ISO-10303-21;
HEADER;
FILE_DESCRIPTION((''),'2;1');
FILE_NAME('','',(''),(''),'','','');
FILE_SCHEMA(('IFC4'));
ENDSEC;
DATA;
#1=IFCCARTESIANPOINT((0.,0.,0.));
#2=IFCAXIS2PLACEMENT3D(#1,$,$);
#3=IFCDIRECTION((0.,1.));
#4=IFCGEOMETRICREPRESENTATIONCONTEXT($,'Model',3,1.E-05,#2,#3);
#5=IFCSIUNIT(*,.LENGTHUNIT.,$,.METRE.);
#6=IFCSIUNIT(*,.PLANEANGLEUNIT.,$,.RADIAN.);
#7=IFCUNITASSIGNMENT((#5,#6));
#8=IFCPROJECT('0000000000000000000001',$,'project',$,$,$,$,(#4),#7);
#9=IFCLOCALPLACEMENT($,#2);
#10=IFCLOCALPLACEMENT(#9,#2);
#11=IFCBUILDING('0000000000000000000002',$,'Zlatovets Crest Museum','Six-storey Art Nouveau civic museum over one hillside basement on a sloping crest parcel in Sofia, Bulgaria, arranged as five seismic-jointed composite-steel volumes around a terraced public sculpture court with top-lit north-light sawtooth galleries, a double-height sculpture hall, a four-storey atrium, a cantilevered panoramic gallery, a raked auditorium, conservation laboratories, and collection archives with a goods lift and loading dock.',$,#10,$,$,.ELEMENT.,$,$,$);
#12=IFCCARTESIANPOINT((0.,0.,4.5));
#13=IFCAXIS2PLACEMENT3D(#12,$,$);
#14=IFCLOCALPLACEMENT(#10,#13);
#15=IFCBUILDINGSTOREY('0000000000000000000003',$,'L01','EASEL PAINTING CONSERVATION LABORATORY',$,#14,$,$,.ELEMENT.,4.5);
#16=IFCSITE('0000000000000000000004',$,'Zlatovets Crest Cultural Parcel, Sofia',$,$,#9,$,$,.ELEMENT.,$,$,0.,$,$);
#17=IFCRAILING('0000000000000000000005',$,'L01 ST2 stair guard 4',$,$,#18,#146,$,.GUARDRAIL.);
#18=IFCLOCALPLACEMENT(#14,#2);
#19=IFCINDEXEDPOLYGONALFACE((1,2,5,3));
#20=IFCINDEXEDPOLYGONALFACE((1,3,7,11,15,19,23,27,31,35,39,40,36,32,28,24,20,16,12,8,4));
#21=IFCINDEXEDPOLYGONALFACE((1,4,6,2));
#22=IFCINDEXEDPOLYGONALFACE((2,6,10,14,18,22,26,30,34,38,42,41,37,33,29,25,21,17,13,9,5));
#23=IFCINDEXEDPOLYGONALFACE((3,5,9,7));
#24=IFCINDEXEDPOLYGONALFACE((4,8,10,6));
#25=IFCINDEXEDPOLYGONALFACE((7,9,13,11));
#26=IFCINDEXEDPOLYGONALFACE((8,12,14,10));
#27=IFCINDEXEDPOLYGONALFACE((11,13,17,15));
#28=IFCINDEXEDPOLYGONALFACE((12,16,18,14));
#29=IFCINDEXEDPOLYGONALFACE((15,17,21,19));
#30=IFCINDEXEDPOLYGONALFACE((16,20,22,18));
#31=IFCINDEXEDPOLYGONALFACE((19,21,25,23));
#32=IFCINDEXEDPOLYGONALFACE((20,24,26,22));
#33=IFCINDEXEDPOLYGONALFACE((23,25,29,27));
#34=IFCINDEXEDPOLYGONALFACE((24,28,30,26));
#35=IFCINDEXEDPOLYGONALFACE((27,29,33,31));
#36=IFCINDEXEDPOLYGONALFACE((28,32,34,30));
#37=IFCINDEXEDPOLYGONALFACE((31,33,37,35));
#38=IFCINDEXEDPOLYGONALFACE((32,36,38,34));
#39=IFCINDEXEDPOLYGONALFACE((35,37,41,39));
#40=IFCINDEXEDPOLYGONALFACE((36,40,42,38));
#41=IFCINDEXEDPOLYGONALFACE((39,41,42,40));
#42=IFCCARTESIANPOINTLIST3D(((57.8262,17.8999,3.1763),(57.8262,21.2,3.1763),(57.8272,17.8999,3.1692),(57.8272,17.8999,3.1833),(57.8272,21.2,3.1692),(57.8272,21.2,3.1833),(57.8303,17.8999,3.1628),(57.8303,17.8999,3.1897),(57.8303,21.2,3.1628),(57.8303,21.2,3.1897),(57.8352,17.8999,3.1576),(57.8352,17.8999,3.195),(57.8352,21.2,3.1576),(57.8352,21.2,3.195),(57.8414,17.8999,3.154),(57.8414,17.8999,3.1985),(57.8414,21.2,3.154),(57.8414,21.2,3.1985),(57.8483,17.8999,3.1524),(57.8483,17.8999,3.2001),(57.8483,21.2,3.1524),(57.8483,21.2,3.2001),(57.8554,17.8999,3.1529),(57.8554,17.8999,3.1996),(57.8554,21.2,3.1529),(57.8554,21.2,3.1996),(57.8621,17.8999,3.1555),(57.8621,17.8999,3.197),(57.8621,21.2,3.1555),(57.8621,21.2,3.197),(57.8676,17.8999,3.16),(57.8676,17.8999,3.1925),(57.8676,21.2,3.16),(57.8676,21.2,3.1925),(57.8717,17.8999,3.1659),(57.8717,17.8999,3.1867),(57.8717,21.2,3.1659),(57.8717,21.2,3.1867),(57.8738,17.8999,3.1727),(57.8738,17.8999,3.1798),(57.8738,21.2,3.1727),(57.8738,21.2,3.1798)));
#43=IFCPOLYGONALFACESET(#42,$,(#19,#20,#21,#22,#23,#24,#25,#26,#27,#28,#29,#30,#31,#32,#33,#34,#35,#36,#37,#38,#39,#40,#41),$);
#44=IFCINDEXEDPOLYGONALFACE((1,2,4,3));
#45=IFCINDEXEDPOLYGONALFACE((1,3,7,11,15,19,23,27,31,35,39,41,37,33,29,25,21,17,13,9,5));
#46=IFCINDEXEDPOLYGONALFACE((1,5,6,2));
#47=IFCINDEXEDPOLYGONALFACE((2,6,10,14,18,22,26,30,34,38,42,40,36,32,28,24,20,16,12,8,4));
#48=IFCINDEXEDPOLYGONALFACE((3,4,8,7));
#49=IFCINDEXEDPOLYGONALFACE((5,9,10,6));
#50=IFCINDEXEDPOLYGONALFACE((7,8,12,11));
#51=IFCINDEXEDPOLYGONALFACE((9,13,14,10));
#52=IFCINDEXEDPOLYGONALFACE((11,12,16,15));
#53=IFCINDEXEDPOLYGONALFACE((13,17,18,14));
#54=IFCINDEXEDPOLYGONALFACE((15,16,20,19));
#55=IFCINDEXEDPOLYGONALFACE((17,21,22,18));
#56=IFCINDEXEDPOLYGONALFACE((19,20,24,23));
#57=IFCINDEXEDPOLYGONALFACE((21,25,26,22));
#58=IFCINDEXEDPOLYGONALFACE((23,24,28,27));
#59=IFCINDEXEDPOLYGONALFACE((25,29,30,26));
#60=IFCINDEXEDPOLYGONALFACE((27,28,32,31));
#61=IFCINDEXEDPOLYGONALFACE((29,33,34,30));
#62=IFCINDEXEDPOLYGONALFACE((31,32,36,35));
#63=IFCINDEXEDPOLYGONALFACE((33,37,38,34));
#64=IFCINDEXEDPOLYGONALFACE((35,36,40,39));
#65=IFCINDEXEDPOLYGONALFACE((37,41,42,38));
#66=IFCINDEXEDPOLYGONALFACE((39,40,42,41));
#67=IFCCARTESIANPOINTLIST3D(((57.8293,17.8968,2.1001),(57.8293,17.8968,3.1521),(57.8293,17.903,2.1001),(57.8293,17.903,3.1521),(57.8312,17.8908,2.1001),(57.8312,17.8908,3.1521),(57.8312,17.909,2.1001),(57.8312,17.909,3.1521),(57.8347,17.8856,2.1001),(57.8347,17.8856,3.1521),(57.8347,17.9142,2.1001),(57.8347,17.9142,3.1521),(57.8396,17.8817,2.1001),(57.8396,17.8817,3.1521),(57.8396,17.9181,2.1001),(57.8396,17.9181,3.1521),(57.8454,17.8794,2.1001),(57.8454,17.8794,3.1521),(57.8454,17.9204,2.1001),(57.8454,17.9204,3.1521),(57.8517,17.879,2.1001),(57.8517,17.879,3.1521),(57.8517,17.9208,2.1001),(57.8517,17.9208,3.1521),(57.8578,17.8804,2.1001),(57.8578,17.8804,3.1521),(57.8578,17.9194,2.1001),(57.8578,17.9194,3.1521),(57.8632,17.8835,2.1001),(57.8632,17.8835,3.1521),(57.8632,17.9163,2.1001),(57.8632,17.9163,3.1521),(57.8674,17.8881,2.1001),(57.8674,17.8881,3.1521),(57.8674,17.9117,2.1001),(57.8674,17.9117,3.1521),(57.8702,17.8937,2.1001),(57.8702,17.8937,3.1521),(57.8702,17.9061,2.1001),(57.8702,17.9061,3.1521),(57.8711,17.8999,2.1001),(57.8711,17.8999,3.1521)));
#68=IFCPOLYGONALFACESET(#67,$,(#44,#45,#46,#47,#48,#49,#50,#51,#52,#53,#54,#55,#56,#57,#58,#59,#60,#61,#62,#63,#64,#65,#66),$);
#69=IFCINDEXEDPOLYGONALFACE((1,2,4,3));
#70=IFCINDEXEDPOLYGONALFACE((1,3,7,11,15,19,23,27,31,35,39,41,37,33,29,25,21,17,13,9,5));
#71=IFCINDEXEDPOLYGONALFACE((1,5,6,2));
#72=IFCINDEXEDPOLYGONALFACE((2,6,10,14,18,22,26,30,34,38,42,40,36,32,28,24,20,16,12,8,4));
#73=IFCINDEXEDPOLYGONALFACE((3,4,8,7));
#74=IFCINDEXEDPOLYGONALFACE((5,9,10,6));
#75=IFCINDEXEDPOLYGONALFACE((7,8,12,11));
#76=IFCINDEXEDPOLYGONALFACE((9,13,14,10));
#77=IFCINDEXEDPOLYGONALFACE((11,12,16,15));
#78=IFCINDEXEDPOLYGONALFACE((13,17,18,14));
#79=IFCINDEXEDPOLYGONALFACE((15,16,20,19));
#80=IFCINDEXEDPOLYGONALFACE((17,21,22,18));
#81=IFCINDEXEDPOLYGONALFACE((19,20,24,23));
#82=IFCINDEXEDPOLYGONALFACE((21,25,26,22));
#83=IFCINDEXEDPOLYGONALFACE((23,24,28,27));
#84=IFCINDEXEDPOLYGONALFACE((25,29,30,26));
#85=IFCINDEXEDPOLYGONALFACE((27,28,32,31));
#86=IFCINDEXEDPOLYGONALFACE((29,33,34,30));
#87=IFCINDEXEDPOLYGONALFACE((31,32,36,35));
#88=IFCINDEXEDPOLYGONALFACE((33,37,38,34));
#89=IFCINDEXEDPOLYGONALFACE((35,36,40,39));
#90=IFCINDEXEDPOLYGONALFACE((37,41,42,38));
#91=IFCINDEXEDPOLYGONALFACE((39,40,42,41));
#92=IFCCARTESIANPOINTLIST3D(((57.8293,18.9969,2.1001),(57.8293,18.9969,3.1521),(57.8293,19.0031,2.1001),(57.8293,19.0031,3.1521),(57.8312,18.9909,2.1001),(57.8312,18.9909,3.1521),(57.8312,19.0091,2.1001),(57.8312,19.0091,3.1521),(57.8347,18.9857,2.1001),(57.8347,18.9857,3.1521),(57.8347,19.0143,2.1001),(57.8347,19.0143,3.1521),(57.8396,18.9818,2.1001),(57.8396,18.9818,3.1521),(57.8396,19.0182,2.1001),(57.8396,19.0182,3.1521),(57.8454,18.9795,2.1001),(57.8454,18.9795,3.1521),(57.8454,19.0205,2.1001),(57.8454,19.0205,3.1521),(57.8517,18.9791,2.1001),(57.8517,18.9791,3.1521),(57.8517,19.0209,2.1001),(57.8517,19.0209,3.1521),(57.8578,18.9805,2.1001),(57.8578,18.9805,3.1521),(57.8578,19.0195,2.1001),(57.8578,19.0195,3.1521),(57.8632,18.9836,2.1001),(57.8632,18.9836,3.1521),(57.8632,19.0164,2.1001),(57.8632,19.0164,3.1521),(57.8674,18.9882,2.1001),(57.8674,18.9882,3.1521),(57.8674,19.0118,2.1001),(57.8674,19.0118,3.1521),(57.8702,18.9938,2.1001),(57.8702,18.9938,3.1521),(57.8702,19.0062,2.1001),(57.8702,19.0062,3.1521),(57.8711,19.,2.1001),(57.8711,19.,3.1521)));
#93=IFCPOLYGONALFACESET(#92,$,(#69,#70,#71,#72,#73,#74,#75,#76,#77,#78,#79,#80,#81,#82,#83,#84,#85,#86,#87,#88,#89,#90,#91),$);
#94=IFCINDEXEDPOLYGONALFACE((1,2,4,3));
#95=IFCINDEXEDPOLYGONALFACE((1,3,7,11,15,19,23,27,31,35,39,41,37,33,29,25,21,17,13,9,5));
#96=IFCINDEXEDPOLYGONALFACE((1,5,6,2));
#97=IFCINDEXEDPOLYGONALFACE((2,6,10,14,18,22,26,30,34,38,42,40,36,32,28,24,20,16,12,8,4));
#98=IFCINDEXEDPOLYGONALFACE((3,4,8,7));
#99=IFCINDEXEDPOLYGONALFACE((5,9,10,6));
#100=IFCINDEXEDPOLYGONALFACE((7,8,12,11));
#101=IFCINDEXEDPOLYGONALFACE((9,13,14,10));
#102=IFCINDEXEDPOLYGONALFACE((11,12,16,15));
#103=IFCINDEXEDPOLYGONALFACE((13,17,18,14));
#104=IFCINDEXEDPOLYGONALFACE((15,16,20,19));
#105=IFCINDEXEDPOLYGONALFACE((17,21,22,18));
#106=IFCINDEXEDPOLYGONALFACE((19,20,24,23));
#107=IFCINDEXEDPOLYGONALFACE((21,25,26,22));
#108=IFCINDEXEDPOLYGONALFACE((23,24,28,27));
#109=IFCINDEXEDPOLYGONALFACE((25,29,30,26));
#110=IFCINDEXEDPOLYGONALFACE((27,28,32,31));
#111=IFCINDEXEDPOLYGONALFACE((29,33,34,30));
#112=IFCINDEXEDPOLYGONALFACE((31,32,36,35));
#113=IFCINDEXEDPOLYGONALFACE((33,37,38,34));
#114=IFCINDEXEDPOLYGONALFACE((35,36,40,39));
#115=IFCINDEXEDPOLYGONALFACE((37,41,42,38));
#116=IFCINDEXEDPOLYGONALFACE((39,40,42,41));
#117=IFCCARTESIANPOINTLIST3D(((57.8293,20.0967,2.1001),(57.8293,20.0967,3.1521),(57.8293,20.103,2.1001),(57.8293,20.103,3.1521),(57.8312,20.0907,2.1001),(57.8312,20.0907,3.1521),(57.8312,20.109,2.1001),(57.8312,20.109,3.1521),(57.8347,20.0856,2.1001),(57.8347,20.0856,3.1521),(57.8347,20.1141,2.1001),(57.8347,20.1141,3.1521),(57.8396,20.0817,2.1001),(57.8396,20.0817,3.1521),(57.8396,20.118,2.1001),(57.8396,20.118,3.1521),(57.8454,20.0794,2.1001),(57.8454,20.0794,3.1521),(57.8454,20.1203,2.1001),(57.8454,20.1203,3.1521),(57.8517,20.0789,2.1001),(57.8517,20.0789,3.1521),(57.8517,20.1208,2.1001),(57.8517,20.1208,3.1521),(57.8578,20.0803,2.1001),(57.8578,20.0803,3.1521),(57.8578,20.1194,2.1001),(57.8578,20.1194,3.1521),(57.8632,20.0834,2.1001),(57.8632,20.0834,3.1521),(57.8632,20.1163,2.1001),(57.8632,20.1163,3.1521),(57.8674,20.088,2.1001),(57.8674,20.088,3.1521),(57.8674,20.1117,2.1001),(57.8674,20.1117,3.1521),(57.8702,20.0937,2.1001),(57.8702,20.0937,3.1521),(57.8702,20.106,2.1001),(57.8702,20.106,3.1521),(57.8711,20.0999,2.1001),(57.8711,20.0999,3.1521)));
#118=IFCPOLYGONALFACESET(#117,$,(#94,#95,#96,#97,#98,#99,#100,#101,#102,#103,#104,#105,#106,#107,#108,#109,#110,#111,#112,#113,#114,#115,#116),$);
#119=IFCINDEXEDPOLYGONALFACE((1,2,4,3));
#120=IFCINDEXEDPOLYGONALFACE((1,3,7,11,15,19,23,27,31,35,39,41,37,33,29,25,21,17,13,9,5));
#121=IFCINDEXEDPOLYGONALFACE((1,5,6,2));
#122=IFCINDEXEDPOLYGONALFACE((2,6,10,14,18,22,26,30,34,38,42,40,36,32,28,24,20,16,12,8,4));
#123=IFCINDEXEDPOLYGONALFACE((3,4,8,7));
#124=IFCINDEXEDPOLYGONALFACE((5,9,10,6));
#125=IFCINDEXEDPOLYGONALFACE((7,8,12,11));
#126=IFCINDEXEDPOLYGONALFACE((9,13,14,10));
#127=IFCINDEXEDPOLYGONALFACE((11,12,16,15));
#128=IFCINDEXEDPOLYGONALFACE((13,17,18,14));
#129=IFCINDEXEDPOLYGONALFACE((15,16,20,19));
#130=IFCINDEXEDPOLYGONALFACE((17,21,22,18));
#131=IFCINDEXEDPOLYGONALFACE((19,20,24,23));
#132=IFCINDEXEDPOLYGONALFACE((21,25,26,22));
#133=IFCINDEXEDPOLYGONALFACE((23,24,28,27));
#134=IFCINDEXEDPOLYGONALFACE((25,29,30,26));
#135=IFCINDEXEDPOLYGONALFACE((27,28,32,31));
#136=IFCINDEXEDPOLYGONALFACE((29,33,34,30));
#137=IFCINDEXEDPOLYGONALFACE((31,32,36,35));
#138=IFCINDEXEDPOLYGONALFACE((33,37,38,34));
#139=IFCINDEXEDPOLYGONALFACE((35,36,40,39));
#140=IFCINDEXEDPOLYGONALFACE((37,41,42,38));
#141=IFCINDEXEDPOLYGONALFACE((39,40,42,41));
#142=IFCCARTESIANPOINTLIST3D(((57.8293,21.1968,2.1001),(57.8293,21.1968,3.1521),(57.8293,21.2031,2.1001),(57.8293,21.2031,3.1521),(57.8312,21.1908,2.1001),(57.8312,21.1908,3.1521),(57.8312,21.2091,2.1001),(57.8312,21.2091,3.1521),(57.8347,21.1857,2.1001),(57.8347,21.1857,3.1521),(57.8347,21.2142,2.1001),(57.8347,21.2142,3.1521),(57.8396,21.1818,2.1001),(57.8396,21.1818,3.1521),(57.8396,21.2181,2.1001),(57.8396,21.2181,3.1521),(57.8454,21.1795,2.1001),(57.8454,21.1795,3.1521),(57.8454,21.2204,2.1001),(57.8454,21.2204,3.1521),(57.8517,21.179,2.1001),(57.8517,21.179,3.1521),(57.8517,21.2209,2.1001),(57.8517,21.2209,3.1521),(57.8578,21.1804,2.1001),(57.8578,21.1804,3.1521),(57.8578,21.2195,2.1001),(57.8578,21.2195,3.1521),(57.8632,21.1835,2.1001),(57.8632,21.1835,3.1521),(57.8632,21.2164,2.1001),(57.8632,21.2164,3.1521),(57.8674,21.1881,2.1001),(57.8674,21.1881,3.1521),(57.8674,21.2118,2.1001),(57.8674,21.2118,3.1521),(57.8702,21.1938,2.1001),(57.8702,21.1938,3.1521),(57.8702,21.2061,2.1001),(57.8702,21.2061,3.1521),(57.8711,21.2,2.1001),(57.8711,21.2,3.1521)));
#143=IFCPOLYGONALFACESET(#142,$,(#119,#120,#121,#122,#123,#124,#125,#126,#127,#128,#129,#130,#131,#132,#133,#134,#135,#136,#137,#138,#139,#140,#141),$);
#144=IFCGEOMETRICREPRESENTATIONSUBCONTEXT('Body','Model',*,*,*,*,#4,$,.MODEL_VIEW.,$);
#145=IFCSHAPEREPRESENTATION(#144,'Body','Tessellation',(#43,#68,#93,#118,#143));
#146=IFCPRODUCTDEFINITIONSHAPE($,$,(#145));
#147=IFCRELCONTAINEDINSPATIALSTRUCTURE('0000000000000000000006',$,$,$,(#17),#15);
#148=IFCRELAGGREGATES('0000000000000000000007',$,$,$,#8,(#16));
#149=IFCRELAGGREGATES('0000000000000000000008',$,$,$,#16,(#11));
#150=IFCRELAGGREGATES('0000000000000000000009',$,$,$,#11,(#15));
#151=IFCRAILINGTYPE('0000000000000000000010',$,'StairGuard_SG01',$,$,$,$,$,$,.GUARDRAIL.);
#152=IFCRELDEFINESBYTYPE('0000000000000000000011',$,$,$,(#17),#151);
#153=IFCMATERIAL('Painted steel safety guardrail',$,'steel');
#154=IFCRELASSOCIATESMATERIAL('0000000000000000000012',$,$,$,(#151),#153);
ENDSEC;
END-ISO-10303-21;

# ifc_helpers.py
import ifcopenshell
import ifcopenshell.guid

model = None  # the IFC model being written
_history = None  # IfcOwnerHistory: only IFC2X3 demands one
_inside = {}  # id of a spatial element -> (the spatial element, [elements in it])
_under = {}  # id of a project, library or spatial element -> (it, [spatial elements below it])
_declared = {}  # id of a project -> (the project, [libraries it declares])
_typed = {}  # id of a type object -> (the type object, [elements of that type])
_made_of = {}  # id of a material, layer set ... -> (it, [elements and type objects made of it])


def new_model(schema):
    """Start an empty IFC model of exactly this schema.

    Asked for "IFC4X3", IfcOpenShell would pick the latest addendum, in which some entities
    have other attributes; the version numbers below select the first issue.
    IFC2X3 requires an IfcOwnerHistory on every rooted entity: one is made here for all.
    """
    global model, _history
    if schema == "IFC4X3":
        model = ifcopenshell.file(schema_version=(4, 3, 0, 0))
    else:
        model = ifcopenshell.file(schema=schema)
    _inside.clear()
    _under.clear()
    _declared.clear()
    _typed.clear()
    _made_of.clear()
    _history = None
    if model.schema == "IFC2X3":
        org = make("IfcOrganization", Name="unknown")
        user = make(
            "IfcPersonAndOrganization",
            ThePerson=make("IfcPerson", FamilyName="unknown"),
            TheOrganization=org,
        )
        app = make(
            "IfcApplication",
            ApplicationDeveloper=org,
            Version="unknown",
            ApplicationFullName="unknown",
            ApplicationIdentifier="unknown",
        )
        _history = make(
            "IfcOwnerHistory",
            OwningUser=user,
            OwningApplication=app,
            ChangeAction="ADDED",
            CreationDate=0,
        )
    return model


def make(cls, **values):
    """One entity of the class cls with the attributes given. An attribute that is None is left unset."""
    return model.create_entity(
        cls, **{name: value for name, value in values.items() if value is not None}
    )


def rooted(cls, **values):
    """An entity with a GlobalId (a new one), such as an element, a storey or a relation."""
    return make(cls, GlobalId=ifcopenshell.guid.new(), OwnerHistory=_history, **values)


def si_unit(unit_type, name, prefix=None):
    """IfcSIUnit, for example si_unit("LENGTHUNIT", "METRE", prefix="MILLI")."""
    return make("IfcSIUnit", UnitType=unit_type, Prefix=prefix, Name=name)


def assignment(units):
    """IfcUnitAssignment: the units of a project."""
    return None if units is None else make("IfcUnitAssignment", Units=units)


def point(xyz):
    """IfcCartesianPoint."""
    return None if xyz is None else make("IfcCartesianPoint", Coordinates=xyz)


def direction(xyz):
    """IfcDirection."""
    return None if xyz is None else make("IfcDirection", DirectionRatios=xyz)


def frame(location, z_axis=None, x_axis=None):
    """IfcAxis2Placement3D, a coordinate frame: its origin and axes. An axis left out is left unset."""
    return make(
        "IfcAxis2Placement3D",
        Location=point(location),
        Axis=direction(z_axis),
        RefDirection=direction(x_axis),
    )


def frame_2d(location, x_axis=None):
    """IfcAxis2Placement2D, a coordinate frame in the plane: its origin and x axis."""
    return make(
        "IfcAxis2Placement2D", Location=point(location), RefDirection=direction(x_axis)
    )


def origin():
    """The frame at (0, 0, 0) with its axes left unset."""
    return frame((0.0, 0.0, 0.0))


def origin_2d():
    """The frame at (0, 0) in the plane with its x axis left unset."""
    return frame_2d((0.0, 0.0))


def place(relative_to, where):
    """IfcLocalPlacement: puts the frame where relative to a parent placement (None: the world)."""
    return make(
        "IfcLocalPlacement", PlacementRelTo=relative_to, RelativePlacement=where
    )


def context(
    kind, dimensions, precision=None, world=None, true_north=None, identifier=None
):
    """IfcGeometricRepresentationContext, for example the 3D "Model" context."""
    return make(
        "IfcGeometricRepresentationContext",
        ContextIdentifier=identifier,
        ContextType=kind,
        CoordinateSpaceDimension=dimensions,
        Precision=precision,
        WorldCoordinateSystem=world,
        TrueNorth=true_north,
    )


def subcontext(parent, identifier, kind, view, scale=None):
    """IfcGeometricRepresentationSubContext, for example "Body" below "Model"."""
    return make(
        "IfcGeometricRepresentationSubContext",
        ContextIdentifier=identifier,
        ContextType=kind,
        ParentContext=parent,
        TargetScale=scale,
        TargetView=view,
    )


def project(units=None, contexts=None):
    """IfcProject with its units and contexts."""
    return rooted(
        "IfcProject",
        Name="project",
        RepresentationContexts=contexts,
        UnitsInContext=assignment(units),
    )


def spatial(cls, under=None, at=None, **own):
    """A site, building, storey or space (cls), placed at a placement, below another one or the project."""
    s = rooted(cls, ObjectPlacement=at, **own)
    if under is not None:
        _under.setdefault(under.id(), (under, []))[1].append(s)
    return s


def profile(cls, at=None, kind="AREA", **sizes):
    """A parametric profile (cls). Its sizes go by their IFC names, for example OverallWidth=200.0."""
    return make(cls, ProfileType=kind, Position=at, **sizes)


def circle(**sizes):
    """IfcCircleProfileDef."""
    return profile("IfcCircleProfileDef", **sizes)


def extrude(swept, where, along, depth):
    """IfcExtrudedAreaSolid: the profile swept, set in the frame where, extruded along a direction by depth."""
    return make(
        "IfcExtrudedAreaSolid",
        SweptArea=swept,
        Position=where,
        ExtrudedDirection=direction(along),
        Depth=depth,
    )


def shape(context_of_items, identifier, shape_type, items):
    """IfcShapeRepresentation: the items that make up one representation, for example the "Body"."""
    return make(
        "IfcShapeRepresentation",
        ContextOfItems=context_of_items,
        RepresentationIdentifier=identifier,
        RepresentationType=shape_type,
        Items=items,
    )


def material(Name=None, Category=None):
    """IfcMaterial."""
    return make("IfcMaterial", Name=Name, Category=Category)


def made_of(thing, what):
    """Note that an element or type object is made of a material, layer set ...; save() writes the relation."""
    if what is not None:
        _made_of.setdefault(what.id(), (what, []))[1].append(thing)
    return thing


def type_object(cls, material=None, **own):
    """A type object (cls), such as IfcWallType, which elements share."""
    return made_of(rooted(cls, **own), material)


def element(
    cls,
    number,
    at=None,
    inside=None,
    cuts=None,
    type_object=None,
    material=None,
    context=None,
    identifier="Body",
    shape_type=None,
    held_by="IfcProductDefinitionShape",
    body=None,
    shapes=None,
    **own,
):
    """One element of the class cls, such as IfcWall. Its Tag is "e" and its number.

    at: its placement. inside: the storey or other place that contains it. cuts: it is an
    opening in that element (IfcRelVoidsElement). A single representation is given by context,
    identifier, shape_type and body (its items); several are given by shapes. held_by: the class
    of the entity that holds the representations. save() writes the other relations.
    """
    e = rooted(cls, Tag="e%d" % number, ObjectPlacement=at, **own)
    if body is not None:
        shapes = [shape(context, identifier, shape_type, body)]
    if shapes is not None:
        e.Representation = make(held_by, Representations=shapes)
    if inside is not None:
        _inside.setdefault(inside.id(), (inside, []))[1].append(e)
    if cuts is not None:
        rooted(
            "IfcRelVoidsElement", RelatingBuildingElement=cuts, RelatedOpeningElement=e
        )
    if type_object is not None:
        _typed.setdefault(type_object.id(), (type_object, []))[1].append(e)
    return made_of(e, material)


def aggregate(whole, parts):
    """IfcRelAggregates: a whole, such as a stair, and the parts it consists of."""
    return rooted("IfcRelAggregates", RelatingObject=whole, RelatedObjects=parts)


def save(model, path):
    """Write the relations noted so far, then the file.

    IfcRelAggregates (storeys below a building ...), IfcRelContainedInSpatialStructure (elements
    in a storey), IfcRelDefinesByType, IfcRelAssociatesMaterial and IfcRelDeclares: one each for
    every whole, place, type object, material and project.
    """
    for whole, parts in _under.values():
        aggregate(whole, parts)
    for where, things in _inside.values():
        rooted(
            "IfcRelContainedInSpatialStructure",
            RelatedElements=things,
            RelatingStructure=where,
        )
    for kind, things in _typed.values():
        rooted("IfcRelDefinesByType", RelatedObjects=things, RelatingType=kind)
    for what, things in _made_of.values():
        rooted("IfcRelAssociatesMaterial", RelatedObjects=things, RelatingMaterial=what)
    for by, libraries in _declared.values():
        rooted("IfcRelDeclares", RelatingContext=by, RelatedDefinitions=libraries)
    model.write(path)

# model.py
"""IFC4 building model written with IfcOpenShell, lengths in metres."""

from ifc_helpers import new_model, si_unit, direction, frame, origin, origin_2d, place, context, subcontext, project, spatial, circle, extrude, material, type_object, element, save


model = new_model("IFC4")

# Units and contexts
model_context = context("Model", 3, precision=1e-05, world=origin(), true_north=direction((0.0, 1.0)))
body_context = subcontext(model_context, "Body", "Model", "MODEL_VIEW")
ifc_project = project(units=[si_unit("LENGTHUNIT", "METRE"), si_unit("PLANEANGLEUNIT", "RADIAN")], contexts=[model_context])

# Site, building, storey
site_placement = place(None, origin())
site = spatial("IfcSite", under=ifc_project, at=site_placement, Name="Zlatovets Crest Cultural Parcel, Sofia", CompositionType="ELEMENT", RefElevation=0.0)
building_placement = place(site_placement, origin())
building = spatial("IfcBuilding", under=site, at=building_placement, Name="Zlatovets Crest Museum", Description="Six-storey Art Nouveau civic museum over one hillside basement on a sloping crest parcel in Sofia, Bulgaria, arranged as five seismic-jointed composite-steel volumes around a terraced public sculpture court with top-lit north-light sawtooth galleries, a double-height sculpture hall, a four-storey atrium, a cantilevered panoramic gallery, a raked auditorium, conservation laboratories, and collection archives with a goods lift and loading dock.", CompositionType="ELEMENT")
storey_placement = place(building_placement, frame((0.0, 0.0, 4.5)))
storey = spatial("IfcBuildingStorey", under=building, at=storey_placement, Name="L01", Description="EASEL PAINTING CONSERVATION LABORATORY", CompositionType="ELEMENT", Elevation=4.5)

# Railing
ifc_material_1 = material(Name="Painted steel safety guardrail", Category="steel")
railing_type_1 = type_object("IfcRailingType", Name="StairGuard_SG01", PredefinedType="GUARDRAIL", material=ifc_material_1)
for number, where, name in (
    (1, (57.8501, 17.8999, 2.1001), "L01 ST2 stair guard 4"),
):
    element("IfcRailing", number, at=place(storey_placement, frame(where)), inside=storey, type_object=railing_type_1, Name=name, PredefinedType="GUARDRAIL", context=body_context, shape_type="SweptSolid", body=[
        extrude(circle(Radius=0.0239, at=origin_2d()), frame((0.0, 0.0, 1.0762), z_axis=(0.0, 1.0, 0.0), x_axis=(-1.0, 0.0, 0.0)), (0.0, 0.0, 1.0), 3.3),
        extrude(circle(Radius=0.021, at=origin_2d()), origin(), (0.0, 0.0, 1.0), 1.052),
        extrude(circle(Radius=0.021, at=origin_2d()), frame((0.0, 1.1001, 0.0)), (0.0, 0.0, 1.0), 1.052),
        extrude(circle(Radius=0.021, at=origin_2d()), frame((0.0, 2.2, 0.0)), (0.0, 0.0, 1.0), 1.052),
        extrude(circle(Radius=0.021, at=origin_2d()), frame((0.0, 3.3, 0.0)), (0.0, 0.0, 1.0), 1.052),
    ])

save(model, "model.ifc")
